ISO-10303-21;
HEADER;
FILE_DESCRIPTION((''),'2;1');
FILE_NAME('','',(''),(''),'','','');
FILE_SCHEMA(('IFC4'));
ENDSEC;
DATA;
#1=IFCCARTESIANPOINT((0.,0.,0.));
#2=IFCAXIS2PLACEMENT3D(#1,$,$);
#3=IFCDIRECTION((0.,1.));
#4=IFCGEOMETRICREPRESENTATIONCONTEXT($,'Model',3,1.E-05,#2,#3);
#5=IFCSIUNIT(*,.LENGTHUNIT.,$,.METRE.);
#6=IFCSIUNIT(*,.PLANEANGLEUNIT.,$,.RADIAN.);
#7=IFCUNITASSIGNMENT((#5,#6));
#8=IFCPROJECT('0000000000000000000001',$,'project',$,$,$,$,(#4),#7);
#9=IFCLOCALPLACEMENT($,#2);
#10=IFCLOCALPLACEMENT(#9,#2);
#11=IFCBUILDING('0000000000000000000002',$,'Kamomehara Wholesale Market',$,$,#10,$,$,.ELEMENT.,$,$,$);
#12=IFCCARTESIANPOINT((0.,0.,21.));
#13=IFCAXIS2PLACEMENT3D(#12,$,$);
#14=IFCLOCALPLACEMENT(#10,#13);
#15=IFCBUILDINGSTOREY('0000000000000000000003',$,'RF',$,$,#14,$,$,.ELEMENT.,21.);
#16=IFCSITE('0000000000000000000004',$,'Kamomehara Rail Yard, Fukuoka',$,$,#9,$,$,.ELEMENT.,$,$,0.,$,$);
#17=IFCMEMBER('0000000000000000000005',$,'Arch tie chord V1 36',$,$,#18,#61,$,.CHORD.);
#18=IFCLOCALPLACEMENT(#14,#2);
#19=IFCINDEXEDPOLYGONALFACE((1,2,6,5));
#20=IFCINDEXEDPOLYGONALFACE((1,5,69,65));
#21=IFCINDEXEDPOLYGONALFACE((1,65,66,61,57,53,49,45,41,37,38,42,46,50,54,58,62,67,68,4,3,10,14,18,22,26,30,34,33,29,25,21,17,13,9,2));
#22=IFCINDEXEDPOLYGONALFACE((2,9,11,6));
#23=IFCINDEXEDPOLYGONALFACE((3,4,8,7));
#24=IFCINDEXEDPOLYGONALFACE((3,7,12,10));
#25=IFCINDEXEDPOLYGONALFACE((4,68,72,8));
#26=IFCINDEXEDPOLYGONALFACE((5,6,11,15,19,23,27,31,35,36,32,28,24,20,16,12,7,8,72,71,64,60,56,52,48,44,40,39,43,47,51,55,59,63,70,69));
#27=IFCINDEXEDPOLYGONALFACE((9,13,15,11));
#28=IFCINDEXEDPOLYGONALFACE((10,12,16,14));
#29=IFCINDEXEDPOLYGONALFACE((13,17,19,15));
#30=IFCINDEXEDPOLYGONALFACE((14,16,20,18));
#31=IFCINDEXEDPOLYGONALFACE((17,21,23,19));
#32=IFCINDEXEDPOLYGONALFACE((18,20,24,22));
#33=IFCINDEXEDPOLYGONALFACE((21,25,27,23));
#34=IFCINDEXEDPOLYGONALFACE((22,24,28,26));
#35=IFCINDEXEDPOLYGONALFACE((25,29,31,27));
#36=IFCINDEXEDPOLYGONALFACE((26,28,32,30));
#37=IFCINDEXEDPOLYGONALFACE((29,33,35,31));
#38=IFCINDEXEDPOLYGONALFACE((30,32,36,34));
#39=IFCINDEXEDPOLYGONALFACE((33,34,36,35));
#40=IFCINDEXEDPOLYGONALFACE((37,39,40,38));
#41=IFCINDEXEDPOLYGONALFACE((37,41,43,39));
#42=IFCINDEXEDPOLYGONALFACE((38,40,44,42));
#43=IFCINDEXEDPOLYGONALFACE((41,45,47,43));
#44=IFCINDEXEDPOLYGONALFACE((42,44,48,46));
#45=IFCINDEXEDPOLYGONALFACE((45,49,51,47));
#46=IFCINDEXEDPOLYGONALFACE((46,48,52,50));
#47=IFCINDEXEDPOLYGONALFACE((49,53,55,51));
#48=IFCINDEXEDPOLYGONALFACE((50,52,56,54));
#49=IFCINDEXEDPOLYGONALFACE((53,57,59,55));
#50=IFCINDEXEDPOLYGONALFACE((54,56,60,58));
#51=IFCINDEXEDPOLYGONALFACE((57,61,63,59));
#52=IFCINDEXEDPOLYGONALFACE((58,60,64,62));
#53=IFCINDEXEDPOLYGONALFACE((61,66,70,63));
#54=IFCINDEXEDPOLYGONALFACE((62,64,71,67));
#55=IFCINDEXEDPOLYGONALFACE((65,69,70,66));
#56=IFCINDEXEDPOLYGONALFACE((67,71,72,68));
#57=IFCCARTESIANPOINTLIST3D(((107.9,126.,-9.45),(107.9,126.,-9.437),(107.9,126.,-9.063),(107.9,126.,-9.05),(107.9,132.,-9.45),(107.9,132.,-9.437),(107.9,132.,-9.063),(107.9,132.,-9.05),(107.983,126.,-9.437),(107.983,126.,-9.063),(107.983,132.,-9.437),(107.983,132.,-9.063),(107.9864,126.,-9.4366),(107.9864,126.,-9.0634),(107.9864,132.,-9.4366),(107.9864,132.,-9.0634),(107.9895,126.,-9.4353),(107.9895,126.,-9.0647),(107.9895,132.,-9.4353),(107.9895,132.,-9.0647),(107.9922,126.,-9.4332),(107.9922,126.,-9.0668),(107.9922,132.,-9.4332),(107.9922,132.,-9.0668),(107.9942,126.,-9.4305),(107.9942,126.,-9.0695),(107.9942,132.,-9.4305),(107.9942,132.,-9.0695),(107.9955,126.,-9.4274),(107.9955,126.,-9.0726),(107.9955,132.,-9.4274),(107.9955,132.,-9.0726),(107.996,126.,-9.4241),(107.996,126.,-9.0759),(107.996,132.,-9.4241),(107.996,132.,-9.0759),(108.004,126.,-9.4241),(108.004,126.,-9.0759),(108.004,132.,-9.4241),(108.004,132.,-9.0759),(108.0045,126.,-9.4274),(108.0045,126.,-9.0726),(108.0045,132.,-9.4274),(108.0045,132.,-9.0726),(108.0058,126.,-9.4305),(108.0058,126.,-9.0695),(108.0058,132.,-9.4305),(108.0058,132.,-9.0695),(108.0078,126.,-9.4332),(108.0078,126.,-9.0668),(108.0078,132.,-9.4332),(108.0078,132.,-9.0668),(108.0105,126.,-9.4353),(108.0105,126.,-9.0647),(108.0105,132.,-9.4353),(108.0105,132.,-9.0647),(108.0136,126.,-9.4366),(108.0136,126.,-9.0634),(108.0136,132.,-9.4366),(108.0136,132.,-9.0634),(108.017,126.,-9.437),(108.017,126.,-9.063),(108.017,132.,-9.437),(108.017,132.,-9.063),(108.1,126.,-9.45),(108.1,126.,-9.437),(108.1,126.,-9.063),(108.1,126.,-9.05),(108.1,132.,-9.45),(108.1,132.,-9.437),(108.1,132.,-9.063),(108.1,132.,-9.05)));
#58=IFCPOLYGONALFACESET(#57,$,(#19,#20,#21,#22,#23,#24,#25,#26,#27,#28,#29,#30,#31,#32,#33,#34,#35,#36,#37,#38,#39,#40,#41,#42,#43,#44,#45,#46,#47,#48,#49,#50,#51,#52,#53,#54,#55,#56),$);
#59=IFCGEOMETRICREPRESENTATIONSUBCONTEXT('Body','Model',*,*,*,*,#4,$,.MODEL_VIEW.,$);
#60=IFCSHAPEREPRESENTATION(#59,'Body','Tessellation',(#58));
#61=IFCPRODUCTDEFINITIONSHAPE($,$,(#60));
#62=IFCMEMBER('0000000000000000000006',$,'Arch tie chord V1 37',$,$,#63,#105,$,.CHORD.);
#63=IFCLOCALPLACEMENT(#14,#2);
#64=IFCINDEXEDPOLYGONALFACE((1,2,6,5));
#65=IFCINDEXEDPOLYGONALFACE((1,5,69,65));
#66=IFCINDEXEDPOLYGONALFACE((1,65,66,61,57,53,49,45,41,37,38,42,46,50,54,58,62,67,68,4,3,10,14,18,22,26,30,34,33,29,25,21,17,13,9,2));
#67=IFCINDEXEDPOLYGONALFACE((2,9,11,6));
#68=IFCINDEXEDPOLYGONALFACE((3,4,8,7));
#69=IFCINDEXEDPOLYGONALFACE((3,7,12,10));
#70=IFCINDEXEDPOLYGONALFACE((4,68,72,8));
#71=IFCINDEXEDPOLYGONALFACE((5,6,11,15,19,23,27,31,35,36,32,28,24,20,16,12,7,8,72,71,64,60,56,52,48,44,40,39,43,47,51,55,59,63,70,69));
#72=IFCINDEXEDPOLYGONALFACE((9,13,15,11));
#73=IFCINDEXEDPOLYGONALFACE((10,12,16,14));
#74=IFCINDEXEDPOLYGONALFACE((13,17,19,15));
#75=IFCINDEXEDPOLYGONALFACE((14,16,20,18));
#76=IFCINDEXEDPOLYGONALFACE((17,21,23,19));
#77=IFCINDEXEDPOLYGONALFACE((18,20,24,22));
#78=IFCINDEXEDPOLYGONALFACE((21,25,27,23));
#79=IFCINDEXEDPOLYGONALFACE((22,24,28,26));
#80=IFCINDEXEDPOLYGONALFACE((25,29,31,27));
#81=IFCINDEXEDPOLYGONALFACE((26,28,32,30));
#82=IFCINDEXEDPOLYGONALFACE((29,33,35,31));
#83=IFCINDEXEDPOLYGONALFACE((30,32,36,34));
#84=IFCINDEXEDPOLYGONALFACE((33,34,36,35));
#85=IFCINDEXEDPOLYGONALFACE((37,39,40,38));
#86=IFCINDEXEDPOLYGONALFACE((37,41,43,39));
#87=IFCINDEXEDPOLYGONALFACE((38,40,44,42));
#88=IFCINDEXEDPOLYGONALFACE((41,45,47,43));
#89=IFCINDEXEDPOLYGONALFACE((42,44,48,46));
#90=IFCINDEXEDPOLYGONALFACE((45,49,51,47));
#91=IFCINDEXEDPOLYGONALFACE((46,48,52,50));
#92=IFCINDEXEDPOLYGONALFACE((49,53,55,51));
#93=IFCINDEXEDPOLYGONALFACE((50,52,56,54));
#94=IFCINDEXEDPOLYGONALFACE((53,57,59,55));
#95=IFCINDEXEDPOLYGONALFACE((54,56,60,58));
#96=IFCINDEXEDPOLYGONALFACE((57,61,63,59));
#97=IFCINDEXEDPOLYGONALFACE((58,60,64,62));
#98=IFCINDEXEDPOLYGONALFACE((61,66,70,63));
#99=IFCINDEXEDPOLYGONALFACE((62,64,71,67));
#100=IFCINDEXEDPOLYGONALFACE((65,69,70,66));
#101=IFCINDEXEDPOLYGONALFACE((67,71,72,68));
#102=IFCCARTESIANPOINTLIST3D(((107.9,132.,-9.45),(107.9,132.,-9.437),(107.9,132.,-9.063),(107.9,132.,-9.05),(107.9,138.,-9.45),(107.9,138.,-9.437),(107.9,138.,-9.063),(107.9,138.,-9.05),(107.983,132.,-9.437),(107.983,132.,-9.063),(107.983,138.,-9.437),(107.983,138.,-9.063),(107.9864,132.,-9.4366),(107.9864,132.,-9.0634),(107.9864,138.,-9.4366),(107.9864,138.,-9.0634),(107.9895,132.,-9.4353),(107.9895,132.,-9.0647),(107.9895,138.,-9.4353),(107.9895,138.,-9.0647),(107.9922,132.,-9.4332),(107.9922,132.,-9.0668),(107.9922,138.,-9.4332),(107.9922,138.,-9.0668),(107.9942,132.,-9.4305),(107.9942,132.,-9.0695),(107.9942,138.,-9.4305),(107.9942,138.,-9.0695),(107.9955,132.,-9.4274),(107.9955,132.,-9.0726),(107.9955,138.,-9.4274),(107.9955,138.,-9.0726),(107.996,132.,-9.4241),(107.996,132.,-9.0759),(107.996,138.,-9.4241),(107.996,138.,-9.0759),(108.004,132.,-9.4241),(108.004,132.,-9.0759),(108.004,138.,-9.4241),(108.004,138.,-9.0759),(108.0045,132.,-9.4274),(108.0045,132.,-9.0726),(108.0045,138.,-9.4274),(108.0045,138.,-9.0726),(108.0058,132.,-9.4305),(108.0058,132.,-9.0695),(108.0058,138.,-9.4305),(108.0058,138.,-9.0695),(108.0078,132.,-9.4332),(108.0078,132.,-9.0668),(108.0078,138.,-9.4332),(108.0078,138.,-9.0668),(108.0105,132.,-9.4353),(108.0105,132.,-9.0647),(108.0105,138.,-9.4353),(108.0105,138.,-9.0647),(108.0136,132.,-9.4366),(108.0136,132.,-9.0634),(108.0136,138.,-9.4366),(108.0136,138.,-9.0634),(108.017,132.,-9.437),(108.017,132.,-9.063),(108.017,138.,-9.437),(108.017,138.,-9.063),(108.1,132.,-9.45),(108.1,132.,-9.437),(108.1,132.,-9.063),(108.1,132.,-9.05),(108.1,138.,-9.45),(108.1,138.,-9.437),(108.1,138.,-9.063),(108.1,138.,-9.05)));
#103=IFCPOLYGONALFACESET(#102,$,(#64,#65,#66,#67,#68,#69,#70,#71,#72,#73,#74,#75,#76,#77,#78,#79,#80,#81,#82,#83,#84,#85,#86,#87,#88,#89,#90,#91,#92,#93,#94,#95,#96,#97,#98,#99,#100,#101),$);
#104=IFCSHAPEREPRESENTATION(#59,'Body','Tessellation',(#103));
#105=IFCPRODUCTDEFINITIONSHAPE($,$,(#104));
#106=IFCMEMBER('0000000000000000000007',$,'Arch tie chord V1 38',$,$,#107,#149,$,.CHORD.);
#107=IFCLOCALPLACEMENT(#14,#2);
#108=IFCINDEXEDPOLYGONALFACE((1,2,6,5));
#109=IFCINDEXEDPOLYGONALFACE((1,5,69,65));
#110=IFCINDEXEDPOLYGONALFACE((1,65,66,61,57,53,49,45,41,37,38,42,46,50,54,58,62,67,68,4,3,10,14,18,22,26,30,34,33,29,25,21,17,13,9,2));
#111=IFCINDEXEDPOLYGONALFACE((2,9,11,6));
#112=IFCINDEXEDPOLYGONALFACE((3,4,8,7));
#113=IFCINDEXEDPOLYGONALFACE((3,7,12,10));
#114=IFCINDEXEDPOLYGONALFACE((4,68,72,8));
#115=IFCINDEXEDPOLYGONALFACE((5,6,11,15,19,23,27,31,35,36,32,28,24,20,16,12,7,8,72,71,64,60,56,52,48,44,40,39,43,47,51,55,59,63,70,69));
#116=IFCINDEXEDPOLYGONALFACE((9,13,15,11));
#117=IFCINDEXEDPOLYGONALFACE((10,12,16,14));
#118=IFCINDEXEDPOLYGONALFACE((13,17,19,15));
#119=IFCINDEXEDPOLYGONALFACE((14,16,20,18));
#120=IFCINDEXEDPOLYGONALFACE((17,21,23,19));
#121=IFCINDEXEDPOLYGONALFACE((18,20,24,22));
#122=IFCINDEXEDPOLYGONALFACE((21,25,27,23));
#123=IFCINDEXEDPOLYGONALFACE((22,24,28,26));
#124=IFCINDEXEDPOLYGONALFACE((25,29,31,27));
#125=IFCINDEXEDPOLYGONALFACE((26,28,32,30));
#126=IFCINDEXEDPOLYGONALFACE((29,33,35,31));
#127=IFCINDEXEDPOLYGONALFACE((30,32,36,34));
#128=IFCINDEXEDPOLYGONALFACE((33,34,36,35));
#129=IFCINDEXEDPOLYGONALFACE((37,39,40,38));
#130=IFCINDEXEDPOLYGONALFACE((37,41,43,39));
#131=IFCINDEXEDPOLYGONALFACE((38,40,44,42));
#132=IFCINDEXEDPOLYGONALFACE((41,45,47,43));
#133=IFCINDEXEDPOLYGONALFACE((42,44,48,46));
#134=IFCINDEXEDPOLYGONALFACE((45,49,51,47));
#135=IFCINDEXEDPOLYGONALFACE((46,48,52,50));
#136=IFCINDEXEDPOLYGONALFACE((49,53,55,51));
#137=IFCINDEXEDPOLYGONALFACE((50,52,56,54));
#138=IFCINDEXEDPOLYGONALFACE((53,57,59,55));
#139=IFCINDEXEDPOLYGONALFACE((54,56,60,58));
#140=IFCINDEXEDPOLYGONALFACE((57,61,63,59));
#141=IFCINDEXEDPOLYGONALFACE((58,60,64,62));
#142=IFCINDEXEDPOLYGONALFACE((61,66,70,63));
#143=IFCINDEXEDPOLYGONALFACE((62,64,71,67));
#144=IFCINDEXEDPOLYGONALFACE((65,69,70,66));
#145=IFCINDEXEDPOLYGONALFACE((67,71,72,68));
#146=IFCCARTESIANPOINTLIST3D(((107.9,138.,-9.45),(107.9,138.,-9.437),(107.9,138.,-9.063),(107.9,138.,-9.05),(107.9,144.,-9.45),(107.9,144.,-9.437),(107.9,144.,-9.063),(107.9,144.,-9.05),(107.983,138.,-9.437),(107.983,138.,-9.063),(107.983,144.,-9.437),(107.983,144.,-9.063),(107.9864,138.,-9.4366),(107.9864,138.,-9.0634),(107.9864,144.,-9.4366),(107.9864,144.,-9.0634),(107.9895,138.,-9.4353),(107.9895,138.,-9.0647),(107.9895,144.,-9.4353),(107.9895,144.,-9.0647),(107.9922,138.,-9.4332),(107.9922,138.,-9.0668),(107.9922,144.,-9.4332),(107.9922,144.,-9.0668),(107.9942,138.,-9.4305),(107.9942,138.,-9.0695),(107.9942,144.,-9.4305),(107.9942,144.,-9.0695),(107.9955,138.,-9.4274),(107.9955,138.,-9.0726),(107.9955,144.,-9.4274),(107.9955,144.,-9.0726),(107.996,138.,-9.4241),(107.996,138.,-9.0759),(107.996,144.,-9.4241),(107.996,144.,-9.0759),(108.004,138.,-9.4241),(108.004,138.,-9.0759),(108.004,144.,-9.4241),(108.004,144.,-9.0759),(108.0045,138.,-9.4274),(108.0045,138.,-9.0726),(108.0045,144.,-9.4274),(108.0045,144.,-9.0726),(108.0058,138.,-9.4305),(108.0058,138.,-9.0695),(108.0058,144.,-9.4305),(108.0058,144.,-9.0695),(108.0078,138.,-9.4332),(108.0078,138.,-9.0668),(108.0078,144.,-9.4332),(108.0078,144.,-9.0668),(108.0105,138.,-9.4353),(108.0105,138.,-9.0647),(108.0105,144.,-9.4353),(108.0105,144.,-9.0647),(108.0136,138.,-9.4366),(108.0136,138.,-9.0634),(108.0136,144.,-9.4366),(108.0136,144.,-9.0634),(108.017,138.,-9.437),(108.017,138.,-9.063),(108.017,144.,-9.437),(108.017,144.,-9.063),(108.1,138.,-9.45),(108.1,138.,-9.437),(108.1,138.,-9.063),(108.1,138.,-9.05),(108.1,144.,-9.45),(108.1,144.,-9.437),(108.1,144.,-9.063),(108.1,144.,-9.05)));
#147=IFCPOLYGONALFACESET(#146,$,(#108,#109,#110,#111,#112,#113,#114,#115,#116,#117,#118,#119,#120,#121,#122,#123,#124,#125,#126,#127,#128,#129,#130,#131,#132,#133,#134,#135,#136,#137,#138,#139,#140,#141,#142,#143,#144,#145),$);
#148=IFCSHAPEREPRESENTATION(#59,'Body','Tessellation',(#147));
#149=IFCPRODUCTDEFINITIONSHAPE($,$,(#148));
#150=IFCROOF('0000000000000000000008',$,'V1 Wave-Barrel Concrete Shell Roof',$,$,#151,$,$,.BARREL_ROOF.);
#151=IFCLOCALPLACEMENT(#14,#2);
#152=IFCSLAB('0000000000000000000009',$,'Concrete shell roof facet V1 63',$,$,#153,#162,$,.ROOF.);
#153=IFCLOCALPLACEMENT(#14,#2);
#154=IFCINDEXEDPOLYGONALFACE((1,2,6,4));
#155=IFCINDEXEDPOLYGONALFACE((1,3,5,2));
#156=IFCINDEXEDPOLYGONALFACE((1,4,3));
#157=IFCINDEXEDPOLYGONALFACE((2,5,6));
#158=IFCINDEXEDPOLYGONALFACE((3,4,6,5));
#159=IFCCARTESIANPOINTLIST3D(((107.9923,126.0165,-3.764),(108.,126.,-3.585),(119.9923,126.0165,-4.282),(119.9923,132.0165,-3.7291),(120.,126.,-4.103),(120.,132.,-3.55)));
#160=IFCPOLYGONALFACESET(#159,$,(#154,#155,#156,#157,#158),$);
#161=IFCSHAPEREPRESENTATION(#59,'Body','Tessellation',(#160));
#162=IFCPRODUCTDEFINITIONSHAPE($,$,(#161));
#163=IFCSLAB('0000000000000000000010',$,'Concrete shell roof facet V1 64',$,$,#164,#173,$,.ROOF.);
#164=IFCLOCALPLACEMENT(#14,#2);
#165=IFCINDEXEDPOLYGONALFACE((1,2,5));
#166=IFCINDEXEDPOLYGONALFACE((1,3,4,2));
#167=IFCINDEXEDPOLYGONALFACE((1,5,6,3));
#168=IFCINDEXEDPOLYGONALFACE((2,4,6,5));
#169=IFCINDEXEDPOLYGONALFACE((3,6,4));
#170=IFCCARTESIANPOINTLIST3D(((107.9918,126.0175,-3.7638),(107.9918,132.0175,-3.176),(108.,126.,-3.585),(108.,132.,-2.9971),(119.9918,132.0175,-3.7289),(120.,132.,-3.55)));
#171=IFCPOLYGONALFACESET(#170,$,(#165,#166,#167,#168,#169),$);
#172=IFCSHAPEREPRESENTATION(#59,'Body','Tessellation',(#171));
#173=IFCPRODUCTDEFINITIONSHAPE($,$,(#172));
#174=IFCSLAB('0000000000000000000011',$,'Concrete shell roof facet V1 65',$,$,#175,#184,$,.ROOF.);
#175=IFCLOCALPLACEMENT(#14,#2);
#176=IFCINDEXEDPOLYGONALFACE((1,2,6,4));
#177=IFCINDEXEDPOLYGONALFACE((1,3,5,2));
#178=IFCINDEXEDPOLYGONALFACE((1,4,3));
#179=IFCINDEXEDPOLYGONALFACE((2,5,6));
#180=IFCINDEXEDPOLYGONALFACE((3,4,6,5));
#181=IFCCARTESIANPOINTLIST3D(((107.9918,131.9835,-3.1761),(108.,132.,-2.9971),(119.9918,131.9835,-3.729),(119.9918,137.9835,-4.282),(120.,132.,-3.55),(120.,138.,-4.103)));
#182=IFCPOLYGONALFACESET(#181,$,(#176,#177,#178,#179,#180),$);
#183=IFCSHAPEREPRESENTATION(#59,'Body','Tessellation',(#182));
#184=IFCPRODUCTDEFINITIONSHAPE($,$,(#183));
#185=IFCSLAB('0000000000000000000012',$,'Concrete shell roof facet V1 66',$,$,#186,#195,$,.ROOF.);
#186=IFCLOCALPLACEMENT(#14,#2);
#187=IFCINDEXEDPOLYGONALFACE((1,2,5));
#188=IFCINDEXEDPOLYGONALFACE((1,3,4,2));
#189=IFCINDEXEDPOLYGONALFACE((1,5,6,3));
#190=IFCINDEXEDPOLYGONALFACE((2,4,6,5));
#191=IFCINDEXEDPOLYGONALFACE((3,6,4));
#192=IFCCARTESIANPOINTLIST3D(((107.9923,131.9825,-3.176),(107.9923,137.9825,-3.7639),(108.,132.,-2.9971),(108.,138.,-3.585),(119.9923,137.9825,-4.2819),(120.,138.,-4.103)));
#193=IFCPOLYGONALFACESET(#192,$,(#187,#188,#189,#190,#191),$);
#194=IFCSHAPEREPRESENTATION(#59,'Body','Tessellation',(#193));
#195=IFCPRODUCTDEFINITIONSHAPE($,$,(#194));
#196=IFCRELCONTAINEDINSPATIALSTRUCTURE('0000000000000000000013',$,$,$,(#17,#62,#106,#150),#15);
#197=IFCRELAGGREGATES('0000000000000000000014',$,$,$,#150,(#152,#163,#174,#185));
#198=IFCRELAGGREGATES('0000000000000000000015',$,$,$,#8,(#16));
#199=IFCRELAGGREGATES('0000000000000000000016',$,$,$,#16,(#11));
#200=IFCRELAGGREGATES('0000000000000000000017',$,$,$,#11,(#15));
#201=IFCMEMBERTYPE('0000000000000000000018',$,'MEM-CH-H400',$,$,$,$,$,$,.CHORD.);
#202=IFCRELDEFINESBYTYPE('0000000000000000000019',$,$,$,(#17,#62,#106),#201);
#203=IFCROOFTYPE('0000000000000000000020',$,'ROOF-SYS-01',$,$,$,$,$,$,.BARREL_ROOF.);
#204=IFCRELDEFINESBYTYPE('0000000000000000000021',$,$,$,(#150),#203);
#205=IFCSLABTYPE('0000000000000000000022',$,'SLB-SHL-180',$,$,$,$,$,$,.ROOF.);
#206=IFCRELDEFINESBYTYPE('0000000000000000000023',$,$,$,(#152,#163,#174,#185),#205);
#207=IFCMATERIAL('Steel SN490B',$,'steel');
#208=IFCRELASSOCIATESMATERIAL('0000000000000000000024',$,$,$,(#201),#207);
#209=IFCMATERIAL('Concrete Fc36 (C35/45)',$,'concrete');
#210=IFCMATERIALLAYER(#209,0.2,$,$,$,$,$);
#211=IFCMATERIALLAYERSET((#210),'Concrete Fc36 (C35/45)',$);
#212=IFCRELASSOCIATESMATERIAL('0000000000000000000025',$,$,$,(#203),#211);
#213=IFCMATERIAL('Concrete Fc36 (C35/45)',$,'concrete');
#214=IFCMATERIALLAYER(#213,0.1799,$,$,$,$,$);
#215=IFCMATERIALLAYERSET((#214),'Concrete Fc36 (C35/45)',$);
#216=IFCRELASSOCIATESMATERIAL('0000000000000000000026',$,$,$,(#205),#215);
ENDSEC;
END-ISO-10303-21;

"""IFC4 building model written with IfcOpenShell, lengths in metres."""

from ifc_helpers import new_model, si_unit, direction, frame, origin, origin_2d, place, context, subcontext, project, spatial, polyline, i_section, outline, extrude, material, layer, layer_set, material_profile, profile_set, type_object, element, aggregate, save


model = new_model("IFC4")

# Units and contexts
model_context = context("Model", 3, precision=1e-05, world=origin(), true_north=direction((0.0, 1.0)))
body_context = subcontext(model_context, "Body", "Model", "MODEL_VIEW")
ifc_project = project(units=[si_unit("LENGTHUNIT", "METRE"), si_unit("PLANEANGLEUNIT", "RADIAN")], contexts=[model_context])

# Site, building, storey
site_placement = place(None, origin())
site = spatial("IfcSite", under=ifc_project, at=site_placement, Name="Kamomehara Rail Yard, Fukuoka", CompositionType="ELEMENT", RefElevation=0.0)
building_placement = place(site_placement, origin())
building = spatial("IfcBuilding", under=site, at=building_placement, Name="Kamomehara Wholesale Market", CompositionType="ELEMENT")
storey_placement = place(building_placement, frame((0.0, 0.0, 21.0)))
storey = spatial("IfcBuildingStorey", under=building, at=storey_placement, Name="RF", CompositionType="ELEMENT", Elevation=21.0)

# Members
ifc_material_1 = material(Name="Steel SN490B", Category="steel")
ifc_material_profile_1 = material_profile(ifc_material_1, i_section(OverallWidth=0.2, OverallDepth=0.3999, WebThickness=0.0081, FlangeThickness=0.0129, FilletRadius=0.0129, at=origin_2d()), Name="H-400x200x8x13")
ifc_profile_set_1 = profile_set([ifc_material_profile_1], Name="Steel SN490B")
member_type_1 = type_object("IfcMemberType", Name="MEM-CH-H400", PredefinedType="CHORD", material=ifc_profile_set_1)
for number, where, z_axis, x_axis, name in (
    (1, (108.0, 126.0, -9.25), (0.0, 1.0, 0.0), (-1.0, 0.0, 0.0), "Arch tie chord V1 36"),
    (2, (108.0, 132.0, -9.25), (0.0, 1.0, 0.0), (-1.0, 0.0, 0.0), "Arch tie chord V1 37"),
    (3, (108.0, 138.0, -9.25), (0.0, 1.0, 0.0), (-1.0, 0.0, 0.0), "Arch tie chord V1 38"),
):
    element("IfcMember", number, at=place(storey_placement, frame(where, z_axis=z_axis, x_axis=x_axis)), inside=storey, type_object=member_type_1, Name=name, PredefinedType="CHORD", context=body_context, shape_type="SweptSolid", body=[
        extrude(i_section(OverallWidth=0.2, OverallDepth=0.3999, WebThickness=0.0081, FlangeThickness=0.0129, FilletRadius=0.0129, at=origin_2d()), origin(), (0.0, 0.0, 1.0), 6.0),
    ])

# Roof, slabs
ifc_material_2 = material(Name="Concrete Fc36 (C35/45)", Category="concrete")
ifc_layer_1 = layer(ifc_material_2, 0.2)
ifc_layer_set_1 = layer_set([ifc_layer_1], Name="Concrete Fc36 (C35/45)")
roof_type = type_object("IfcRoofType", Name="ROOF-SYS-01", PredefinedType="BARREL_ROOF", material=ifc_layer_set_1)
roof_placement = place(storey_placement, origin())
roof = element("IfcRoof", 4, at=roof_placement, inside=storey, type_object=roof_type, Name="V1 Wave-Barrel Concrete Shell Roof", PredefinedType="BARREL_ROOF")
ifc_material_3 = material(Name="Concrete Fc36 (C35/45)", Category="concrete")
ifc_layer_2 = layer(ifc_material_3, 0.1799)
ifc_layer_set_2 = layer_set([ifc_layer_2], Name="Concrete Fc36 (C35/45)")
slab_type_1 = type_object("IfcSlabType", Name="SLB-SHL-180", PredefinedType="ROOF", material=ifc_layer_set_2)
slab_1_placement = place(storey_placement, frame((108.0, 126.0, -3.585), z_axis=(0.04295, -0.091689, 0.994861), x_axis=(0.999069, 0.0, -0.043132)))
slab_1 = element("IfcSlab", 5, at=slab_1_placement, type_object=slab_type_1, Name="Concrete shell roof facet V1 63", PredefinedType="ROOF", context=body_context, shape_type="SweptSolid", body=[
    extrude(outline(polyline([(0.0, 0.0), (12.0112, 0.0), (11.9873, 6.0254), (0.0, 0.0)])), origin(), (0.0, 0.0, -1.0), 0.1799),
])
slab_2_placement = place(storey_placement, frame((108.0, 126.0, -3.585), z_axis=(0.045814, -0.097412, 0.994189), x_axis=(0.894424, 0.447212, 0.002602)))
slab_2 = element("IfcSlab", 6, at=slab_2_placement, type_object=slab_type_1, Name="Concrete shell roof facet V1 64", PredefinedType="ROOF", context=body_context, shape_type="SweptSolid", body=[
    extrude(outline(polyline([(0.0, 0.0), (13.4165, 0.0), (2.6848, 5.3979), (0.0, 0.0)])), origin(), (0.0, 0.0, -1.0), 0.1799),
])
slab_3_placement = place(storey_placement, frame((108.0, 132.0, -2.9971), z_axis=(0.045839, 0.091678, 0.994733), x_axis=(0.99894, 0.0, -0.046033)))
slab_3 = element("IfcSlab", 7, at=slab_3_placement, type_object=slab_type_1, Name="Concrete shell roof facet V1 65", PredefinedType="ROOF", context=body_context, shape_type="SweptSolid", body=[
    extrude(outline(polyline([(0.0, 0.0), (12.0127, 0.0), (12.0382, 6.0254), (0.0, 0.0)])), origin(), (0.0, 0.0, -1.0), 0.1799),
])
slab_4_placement = place(storey_placement, frame((108.0, 132.0, -2.9971), z_axis=(0.042927, 0.097425, 0.994317), x_axis=(0.891404, 0.445702, -0.082155)))
slab_4 = element("IfcSlab", 8, at=slab_4_placement, type_object=slab_type_1, Name="Concrete shell roof facet V1 66", PredefinedType="ROOF", context=body_context, shape_type="SweptSolid", body=[
    extrude(outline(polyline([(0.0, 0.0), (13.4619, 0.0), (2.7225, 5.379), (0.0, 0.0)])), origin(), (0.0, 0.0, -1.0), 0.1799),
])
aggregate(roof, [slab_1, slab_2, slab_3, slab_4])

save(model, "model.ifc")
